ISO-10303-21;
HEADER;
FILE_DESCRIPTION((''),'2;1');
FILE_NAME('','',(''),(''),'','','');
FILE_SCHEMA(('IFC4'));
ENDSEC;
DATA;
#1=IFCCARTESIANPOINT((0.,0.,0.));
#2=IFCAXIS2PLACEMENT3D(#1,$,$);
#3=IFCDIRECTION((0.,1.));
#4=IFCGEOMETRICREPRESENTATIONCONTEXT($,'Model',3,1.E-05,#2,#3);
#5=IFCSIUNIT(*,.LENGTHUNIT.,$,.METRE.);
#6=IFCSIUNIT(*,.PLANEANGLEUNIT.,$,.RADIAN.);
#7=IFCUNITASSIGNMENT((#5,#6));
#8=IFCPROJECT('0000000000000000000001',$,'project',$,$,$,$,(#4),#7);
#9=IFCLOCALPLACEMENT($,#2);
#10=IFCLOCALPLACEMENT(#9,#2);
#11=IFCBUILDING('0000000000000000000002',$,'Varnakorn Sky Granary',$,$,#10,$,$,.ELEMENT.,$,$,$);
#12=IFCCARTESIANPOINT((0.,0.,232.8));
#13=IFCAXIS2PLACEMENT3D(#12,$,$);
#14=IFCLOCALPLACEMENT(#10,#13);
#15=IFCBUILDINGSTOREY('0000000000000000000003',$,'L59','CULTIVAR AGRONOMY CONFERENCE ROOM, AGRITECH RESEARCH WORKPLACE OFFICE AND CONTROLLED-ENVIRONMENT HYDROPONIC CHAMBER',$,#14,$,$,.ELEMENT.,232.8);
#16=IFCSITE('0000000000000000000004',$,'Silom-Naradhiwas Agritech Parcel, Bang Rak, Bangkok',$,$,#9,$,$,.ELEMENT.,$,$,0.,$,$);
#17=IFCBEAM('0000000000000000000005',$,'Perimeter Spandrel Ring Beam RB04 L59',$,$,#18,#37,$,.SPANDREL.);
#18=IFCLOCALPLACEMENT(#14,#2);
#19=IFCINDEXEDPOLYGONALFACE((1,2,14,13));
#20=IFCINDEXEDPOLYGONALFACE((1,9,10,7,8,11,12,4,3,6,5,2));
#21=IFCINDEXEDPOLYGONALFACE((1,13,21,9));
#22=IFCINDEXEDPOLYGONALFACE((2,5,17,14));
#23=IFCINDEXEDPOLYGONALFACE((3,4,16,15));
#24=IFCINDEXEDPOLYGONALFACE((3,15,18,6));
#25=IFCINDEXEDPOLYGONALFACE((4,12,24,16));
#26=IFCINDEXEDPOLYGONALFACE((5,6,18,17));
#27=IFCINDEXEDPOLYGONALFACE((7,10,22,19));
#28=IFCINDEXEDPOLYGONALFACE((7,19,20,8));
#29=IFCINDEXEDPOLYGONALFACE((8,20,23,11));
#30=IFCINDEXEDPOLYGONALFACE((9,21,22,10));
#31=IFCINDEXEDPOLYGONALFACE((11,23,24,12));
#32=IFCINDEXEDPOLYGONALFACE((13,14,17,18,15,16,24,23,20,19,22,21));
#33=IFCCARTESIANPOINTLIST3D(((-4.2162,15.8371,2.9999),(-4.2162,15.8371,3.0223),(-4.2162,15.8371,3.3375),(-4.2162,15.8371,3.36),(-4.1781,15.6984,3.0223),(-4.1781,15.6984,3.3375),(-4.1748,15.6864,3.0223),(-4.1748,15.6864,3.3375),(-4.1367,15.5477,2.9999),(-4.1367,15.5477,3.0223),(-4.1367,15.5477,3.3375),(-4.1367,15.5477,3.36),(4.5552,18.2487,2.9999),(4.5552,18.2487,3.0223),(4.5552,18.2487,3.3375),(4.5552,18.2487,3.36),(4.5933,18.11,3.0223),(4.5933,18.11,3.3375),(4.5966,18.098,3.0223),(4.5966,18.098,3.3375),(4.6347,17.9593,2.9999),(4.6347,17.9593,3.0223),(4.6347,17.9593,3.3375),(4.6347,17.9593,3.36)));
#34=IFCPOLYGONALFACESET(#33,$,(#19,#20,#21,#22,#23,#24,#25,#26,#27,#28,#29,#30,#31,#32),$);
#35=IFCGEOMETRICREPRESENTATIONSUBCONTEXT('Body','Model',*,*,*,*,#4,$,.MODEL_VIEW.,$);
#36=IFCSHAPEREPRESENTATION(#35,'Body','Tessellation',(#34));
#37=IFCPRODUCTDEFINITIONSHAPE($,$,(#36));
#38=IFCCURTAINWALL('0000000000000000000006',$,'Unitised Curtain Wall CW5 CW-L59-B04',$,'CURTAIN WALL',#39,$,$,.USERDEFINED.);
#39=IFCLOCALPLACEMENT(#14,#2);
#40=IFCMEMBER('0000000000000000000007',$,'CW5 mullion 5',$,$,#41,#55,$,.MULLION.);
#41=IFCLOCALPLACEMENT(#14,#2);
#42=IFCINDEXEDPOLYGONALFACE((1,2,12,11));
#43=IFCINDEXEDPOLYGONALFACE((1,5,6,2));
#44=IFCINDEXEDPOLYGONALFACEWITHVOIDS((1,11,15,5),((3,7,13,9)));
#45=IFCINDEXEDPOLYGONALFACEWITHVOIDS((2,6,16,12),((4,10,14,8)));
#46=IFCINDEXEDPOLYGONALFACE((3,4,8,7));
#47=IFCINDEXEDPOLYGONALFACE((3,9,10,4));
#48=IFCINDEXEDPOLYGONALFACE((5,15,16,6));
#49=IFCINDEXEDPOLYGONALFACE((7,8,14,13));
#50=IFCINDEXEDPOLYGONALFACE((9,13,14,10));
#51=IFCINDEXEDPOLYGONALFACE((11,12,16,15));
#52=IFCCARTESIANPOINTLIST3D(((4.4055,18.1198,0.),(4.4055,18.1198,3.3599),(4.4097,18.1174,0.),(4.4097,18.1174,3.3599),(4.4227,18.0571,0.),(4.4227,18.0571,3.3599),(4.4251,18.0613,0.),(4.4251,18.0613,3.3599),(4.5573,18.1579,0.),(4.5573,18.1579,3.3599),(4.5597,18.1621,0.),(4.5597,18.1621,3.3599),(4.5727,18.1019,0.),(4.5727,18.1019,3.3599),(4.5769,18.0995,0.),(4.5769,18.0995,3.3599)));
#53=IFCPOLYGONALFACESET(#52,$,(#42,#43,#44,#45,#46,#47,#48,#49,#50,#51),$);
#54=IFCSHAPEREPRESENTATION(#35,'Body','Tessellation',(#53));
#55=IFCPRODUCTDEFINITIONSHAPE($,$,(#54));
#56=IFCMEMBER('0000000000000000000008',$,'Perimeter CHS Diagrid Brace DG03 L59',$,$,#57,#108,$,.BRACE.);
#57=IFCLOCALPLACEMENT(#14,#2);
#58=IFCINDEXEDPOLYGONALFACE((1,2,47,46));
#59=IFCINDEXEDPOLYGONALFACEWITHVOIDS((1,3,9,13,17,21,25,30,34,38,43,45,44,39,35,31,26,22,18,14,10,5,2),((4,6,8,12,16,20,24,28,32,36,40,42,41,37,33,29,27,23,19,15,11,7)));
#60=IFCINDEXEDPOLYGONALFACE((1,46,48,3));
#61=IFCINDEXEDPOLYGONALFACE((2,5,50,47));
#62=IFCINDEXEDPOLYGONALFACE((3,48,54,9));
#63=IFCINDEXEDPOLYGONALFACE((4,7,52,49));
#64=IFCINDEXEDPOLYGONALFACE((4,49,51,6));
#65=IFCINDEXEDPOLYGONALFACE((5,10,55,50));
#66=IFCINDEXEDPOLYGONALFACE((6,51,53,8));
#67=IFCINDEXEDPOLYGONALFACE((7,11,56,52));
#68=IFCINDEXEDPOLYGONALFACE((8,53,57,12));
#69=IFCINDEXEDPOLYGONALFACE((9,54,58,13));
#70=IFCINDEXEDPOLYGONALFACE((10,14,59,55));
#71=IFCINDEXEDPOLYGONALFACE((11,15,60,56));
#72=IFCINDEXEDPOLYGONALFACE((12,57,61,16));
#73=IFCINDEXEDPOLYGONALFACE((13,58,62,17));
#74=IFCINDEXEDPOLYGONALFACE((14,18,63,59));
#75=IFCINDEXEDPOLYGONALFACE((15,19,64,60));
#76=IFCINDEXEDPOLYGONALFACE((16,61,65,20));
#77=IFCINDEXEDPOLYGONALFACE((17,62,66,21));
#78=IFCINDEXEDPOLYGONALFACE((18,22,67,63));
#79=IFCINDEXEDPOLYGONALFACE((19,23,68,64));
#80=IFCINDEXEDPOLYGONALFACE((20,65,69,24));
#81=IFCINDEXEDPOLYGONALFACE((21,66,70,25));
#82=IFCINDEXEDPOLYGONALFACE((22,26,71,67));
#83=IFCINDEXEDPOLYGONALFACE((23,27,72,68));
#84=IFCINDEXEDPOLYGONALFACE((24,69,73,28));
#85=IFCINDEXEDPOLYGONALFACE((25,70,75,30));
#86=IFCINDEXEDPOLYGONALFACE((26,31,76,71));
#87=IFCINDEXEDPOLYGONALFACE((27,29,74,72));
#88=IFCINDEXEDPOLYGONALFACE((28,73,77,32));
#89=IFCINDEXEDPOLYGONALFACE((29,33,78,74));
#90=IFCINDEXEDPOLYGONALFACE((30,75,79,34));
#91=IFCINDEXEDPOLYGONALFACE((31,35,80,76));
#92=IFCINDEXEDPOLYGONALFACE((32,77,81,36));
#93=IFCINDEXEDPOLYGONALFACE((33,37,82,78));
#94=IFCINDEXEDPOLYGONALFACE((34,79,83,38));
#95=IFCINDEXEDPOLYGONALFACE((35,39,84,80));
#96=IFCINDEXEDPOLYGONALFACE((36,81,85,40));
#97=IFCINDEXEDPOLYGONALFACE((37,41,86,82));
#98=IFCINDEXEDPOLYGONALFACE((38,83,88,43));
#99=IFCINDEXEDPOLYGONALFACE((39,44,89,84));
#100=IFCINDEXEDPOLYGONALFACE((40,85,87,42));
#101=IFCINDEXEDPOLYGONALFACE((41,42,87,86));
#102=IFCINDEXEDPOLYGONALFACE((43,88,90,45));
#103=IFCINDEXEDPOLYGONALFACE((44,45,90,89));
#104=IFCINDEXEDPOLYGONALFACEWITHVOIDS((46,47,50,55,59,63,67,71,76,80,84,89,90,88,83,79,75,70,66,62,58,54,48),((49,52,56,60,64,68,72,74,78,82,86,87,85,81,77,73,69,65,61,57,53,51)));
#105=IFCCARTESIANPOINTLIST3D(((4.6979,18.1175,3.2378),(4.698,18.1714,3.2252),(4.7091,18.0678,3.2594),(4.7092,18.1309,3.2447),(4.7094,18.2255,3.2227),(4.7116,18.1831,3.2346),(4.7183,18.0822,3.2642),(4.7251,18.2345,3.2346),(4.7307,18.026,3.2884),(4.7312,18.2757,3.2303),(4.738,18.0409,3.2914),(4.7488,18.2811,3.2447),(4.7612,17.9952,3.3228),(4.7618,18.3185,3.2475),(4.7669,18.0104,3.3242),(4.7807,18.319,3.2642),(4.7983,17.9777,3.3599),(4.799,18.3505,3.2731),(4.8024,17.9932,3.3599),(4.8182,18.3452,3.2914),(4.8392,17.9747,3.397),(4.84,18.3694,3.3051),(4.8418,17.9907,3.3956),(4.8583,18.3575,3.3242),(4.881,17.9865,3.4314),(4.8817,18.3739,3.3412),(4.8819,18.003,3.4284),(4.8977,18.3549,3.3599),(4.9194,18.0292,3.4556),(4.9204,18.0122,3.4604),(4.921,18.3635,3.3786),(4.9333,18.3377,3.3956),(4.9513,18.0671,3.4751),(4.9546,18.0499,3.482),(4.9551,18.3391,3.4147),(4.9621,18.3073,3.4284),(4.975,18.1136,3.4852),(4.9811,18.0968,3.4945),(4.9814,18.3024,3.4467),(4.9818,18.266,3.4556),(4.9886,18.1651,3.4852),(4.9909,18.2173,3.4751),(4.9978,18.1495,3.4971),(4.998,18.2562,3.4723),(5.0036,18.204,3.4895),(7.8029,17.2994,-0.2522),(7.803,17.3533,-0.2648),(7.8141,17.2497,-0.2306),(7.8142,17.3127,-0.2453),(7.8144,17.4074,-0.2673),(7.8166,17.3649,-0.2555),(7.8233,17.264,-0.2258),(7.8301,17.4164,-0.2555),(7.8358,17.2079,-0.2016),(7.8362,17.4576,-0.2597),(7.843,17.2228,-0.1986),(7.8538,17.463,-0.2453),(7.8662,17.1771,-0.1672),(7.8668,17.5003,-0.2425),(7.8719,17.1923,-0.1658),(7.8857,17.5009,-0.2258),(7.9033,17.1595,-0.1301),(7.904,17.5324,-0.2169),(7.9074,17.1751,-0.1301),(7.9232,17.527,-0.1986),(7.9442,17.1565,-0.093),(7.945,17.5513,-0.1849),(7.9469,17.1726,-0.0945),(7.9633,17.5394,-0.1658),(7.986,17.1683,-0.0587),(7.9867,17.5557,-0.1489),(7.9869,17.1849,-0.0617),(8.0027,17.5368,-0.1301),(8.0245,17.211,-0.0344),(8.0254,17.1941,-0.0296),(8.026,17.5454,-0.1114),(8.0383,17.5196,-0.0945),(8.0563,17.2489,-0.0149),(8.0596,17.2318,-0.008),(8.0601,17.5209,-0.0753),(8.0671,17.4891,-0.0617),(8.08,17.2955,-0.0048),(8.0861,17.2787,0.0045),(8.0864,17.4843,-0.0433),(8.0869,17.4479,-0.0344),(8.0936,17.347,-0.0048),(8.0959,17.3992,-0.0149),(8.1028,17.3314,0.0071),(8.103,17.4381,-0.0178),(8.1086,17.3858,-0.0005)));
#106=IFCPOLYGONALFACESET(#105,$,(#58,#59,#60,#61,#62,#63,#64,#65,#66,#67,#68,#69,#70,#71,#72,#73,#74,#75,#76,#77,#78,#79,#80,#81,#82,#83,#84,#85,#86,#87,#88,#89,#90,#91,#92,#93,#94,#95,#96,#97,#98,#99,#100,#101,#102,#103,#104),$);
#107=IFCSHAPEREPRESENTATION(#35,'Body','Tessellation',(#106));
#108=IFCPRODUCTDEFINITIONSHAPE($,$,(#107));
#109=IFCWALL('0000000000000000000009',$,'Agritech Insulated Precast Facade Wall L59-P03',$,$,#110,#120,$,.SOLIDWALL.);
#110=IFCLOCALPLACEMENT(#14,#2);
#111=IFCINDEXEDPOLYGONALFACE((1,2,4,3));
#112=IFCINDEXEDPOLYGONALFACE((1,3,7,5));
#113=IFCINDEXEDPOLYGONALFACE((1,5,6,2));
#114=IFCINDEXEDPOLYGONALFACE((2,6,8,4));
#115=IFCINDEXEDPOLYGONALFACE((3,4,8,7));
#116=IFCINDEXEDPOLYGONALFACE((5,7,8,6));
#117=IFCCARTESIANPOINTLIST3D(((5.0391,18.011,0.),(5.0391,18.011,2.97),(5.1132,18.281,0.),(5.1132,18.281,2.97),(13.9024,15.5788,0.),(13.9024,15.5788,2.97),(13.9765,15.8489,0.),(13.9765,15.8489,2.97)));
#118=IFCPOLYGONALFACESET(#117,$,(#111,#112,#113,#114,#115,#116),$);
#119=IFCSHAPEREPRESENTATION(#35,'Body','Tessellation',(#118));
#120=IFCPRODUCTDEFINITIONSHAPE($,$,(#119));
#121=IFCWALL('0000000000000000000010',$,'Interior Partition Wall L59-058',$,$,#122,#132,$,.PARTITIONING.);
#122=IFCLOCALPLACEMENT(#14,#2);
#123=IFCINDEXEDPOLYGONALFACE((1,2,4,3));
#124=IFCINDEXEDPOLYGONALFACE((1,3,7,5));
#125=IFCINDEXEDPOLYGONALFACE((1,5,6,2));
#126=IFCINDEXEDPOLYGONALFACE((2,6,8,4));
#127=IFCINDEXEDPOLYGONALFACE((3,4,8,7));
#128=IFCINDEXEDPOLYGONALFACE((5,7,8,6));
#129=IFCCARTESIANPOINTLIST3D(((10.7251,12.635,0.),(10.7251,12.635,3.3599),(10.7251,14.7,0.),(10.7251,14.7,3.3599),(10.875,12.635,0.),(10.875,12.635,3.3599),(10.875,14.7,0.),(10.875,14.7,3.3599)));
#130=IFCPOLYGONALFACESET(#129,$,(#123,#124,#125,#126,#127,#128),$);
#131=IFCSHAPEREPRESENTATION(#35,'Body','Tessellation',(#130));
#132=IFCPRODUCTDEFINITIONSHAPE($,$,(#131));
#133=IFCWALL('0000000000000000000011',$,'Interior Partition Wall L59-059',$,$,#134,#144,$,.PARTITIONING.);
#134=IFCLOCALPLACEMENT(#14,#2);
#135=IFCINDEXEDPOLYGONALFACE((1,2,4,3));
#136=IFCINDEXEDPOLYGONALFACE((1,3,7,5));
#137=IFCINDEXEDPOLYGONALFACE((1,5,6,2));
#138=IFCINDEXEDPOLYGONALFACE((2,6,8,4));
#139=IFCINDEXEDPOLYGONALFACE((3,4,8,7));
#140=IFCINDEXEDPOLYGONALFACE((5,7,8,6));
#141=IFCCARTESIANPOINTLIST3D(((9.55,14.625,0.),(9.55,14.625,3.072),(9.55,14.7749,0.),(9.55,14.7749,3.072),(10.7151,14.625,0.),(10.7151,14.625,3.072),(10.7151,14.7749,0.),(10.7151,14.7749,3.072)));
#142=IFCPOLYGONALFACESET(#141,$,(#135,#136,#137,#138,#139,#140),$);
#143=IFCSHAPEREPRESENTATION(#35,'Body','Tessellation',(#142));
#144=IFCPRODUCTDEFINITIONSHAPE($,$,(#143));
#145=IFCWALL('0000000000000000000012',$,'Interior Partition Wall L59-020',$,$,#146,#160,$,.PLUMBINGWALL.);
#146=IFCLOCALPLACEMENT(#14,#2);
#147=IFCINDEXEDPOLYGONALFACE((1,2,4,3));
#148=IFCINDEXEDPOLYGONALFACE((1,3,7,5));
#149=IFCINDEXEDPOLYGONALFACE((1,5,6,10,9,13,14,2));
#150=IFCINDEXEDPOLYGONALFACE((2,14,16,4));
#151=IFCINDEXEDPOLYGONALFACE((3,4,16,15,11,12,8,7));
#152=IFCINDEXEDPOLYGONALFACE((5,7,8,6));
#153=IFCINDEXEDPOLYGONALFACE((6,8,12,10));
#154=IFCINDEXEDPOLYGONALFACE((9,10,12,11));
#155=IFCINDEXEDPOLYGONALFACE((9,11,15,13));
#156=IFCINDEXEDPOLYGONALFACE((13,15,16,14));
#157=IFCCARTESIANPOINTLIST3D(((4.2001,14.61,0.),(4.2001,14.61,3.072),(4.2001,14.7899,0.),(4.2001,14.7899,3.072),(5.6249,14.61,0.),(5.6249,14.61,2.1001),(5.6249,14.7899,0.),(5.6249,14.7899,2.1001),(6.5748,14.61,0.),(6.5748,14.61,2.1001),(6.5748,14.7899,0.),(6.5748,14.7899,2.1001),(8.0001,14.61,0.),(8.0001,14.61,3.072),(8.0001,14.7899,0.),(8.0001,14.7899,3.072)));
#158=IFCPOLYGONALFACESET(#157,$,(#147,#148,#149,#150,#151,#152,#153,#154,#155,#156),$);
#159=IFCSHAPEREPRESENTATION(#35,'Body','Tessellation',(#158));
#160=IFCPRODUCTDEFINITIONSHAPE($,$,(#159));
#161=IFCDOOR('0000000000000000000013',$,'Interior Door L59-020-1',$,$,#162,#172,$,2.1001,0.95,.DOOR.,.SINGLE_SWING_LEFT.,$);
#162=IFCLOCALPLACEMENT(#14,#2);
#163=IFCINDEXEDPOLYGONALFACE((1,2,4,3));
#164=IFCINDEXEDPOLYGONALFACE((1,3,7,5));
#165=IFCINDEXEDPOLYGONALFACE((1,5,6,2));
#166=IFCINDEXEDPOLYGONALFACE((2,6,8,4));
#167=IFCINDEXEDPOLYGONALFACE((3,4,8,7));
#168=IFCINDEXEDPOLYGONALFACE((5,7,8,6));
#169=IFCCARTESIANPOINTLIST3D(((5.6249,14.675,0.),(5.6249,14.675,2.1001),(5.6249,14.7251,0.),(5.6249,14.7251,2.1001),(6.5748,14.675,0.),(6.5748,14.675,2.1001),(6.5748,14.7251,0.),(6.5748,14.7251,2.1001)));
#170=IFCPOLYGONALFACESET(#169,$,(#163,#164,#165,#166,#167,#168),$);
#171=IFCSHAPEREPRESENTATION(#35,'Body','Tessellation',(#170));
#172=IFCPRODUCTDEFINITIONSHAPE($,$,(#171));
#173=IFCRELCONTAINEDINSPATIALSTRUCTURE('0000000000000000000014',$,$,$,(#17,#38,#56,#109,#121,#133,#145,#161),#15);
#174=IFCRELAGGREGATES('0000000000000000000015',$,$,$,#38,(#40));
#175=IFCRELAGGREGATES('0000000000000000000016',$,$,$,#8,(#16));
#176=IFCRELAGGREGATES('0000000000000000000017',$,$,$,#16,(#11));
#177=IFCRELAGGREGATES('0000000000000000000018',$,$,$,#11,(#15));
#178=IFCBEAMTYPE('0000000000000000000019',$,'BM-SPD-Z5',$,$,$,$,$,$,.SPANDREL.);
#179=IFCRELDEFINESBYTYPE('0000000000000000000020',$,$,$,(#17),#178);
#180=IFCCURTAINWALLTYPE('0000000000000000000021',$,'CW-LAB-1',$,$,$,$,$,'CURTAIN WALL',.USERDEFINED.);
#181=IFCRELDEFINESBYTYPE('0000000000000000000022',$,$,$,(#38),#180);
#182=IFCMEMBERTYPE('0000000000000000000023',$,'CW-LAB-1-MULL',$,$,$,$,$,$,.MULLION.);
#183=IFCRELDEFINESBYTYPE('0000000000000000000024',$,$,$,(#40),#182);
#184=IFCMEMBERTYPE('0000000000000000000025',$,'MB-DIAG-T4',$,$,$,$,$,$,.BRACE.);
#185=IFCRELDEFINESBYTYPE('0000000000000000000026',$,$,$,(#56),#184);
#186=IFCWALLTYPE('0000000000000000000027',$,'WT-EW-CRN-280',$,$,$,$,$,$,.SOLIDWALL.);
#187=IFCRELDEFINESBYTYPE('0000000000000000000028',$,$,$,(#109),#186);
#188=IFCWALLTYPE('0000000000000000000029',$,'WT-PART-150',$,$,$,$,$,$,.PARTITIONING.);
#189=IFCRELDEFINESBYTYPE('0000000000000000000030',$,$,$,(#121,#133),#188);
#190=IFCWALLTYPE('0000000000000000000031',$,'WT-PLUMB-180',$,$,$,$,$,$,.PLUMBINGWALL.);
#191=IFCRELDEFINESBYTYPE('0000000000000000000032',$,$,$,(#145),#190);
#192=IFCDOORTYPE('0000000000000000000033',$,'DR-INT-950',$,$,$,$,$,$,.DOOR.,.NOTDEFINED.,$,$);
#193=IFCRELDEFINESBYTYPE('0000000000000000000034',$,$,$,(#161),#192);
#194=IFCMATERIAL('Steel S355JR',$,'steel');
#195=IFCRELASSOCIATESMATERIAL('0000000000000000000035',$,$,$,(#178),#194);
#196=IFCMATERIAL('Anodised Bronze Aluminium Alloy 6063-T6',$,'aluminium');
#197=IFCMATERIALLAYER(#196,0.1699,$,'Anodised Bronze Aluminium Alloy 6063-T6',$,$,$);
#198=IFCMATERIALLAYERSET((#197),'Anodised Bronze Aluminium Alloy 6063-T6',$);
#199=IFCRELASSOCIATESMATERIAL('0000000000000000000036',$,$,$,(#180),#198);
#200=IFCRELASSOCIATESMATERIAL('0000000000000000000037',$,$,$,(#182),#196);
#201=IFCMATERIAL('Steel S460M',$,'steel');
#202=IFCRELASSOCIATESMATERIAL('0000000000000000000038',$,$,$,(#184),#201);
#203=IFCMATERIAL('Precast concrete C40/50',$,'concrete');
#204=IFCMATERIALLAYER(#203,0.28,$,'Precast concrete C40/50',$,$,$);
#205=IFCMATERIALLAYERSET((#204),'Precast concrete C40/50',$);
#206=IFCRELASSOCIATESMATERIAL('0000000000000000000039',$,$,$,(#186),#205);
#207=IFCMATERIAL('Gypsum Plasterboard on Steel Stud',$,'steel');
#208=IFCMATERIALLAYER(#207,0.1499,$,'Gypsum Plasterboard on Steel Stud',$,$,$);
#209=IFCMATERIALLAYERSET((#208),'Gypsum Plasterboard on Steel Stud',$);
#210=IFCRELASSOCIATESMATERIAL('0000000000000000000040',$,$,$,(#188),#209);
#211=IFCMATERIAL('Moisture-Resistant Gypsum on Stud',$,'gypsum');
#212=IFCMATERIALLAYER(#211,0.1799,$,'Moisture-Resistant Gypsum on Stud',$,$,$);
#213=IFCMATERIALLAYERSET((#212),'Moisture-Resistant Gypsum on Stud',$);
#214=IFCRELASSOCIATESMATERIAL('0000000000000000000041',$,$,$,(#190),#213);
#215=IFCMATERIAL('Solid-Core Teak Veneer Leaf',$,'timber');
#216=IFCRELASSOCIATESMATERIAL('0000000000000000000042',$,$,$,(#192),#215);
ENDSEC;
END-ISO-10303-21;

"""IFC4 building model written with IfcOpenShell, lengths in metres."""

from ifc_helpers import new_model, si_unit, direction, frame, frame_2d, origin, origin_2d, place, context, subcontext, project, spatial, rectangle, hollow_rectangle, hollow_circle, i_section, extrude, material, layer, layer_set, material_profile, profile_set, type_object, element, fill, aggregate, save


model = new_model("IFC4")

# Units and contexts
model_context = context("Model", 3, precision=1e-05, world=origin(), true_north=direction((0.0, 1.0)))
body_context = subcontext(model_context, "Body", "Model", "MODEL_VIEW")
ifc_project = project(units=[si_unit("LENGTHUNIT", "METRE"), si_unit("PLANEANGLEUNIT", "RADIAN")], contexts=[model_context])

# Site, building, storey
site_placement = place(None, origin())
site = spatial("IfcSite", under=ifc_project, at=site_placement, Name="Silom-Naradhiwas Agritech Parcel, Bang Rak, Bangkok", CompositionType="ELEMENT", RefElevation=0.0)
building_placement = place(site_placement, origin())
building = spatial("IfcBuilding", under=site, at=building_placement, Name="Varnakorn Sky Granary", CompositionType="ELEMENT")
storey_placement = place(building_placement, frame((0.0, 0.0, 232.8)))
storey = spatial("IfcBuildingStorey", under=building, at=storey_placement, Name="L59", Description="CULTIVAR AGRONOMY CONFERENCE ROOM, AGRITECH RESEARCH WORKPLACE OFFICE AND CONTROLLED-ENVIRONMENT HYDROPONIC CHAMBER", CompositionType="ELEMENT", Elevation=232.8)

# Shared definitions
ifc_material_1 = material(Name="Steel S460M", Category="steel")

# Beam
ifc_material_2 = material(Name="Steel S355JR", Category="steel")
ifc_material_profile_1 = material_profile(ifc_material_2, i_section(OverallWidth=0.3, OverallDepth=0.3601, WebThickness=0.0125, FlangeThickness=0.0225, at=origin_2d()), Name="HE 360 B")
ifc_profile_set_1 = profile_set([ifc_material_profile_1], Name="Steel S355JR")
beam_type_1 = type_object("IfcBeamType", Name="BM-SPD-Z5", PredefinedType="SPANDREL", material=ifc_profile_set_1)
for number, where, z_axis, x_axis, name in (
    (1, (4.595, 18.104, 3.1799), (-0.96422, -0.265102, 0.0), (0.265102, -0.96422, 0.0), "Perimeter Spandrel Ring Beam RB04 L59"),
):
    element("IfcBeam", number, at=place(storey_placement, frame(where, z_axis=z_axis, x_axis=x_axis)), inside=storey, type_object=beam_type_1, Name=name, PredefinedType="SPANDREL", context=body_context, shape_type="SweptSolid", body=[
        extrude(i_section(OverallWidth=0.3, OverallDepth=0.3601, WebThickness=0.0125, FlangeThickness=0.0225, at=origin_2d()), origin(), (0.0, 0.0, 1.0), 9.0969),
    ])

# Curtain wall, member
ifc_material_3 = material(Name="Anodised Bronze Aluminium Alloy 6063-T6", Category="aluminium")
ifc_layer_1 = layer(ifc_material_3, 0.1699, Name="Anodised Bronze Aluminium Alloy 6063-T6")
ifc_layer_set_1 = layer_set([ifc_layer_1], Name="Anodised Bronze Aluminium Alloy 6063-T6")
curtain_wall_type = type_object("IfcCurtainWallType", Name="CW-LAB-1", ElementType="CURTAIN WALL", PredefinedType="USERDEFINED", material=ifc_layer_set_1)
curtain_wall_placement = place(storey_placement, origin())
curtain_wall = element("IfcCurtainWall", 2, at=curtain_wall_placement, inside=storey, type_object=curtain_wall_type, Name="Unitised Curtain Wall CW5 CW-L59-B04", ObjectType="CURTAIN WALL", PredefinedType="USERDEFINED")
ifc_material_profile_2 = material_profile(ifc_material_3, hollow_rectangle(XDim=0.0649, YDim=0.1599, WallThickness=0.0034, at=origin_2d()), Name="ALU MULL 65x160")
ifc_profile_set_2 = profile_set([ifc_material_profile_2], Name="Anodised Bronze Aluminium Alloy 6063-T6")
member_type_1 = type_object("IfcMemberType", Name="CW-LAB-1-MULL", PredefinedType="MULLION", material=ifc_profile_set_2)
member_1_placement = place(storey_placement, frame((4.4912, 18.1096, 0.0), z_axis=(0.0, 0.0, 1.0), x_axis=(-0.26464, 0.964347, 0.0)))
member_1 = element("IfcMember", 3, at=member_1_placement, type_object=member_type_1, Name="CW5 mullion 5", PredefinedType="MULLION", context=body_context, shape_type="SweptSolid", body=[
    extrude(hollow_rectangle(XDim=0.0649, YDim=0.1599, WallThickness=0.0034, at=origin_2d()), origin(), (0.0, 0.0, 1.0), 3.3599),
])
aggregate(curtain_wall, [member_1])

# Member
ifc_material_profile_3 = material_profile(ifc_material_1, hollow_circle(Radius=0.2031, WallThickness=0.0161, at=origin_2d()), Name="CHS 406.4x16")
ifc_profile_set_3 = profile_set([ifc_material_profile_3], Name="Steel S460M")
member_type_2 = type_object("IfcMemberType", Name="MB-DIAG-T4", PredefinedType="BRACE", material=ifc_profile_set_3)
member_2_placement = place(storey_placement, frame((7.9551, 17.356, -0.1301), z_axis=(-0.654729, 0.172511, 0.735914), x_axis=(-0.254789, -0.966997, 0.0)))
element("IfcMember", 4, at=member_2_placement, inside=storey, type_object=member_type_2, Name="Perimeter CHS Diagrid Brace DG03 L59", PredefinedType="BRACE", context=body_context, shape_type="SweptSolid", body=[
    extrude(hollow_circle(Radius=0.2031, WallThickness=0.0161, at=origin_2d()), origin(), (0.0, 0.0, 1.0), 4.7424),
])

# Walls
ifc_material_4 = material(Name="Precast concrete C40/50", Category="concrete")
ifc_layer_2 = layer(ifc_material_4, 0.28, Name="Precast concrete C40/50")
ifc_layer_set_2 = layer_set([ifc_layer_2], Name="Precast concrete C40/50")
wall_type_1 = type_object("IfcWallType", Name="WT-EW-CRN-280", PredefinedType="SOLIDWALL", material=ifc_layer_set_2)
wall_1_placement = place(storey_placement, frame((5.0762, 18.146, 0.0), z_axis=(0.0, 0.0, 1.0), x_axis=(0.964352, -0.264623, 0.0)))
element("IfcWall", 5, at=wall_1_placement, inside=storey, type_object=wall_type_1, Name="Agritech Insulated Precast Facade Wall L59-P03", PredefinedType="SOLIDWALL", context=body_context, shape_type="SweptSolid", body=[
    extrude(rectangle(XDim=9.1909, YDim=0.28, at=frame_2d((4.5955, 0.0))), origin(), (0.0, 0.0, 1.0), 2.97),
])
ifc_material_5 = material(Name="Gypsum Plasterboard on Steel Stud", Category="steel")
ifc_layer_3 = layer(ifc_material_5, 0.1499, Name="Gypsum Plasterboard on Steel Stud")
ifc_layer_set_3 = layer_set([ifc_layer_3], Name="Gypsum Plasterboard on Steel Stud")
wall_type_2 = type_object("IfcWallType", Name="WT-PART-150", PredefinedType="PARTITIONING", material=ifc_layer_set_3)
wall_2_placement = place(storey_placement, frame((10.8, 12.635, 0.0), z_axis=(0.0, 0.0, 1.0), x_axis=(0.0, 1.0, 0.0)))
element("IfcWall", 6, at=wall_2_placement, inside=storey, type_object=wall_type_2, Name="Interior Partition Wall L59-058", PredefinedType="PARTITIONING", context=body_context, shape_type="SweptSolid", body=[
    extrude(rectangle(XDim=2.0649, YDim=0.1499, at=frame_2d((1.0325, 0.0))), origin(), (0.0, 0.0, 1.0), 3.3599),
])
wall_3_placement = place(storey_placement, frame((10.7151, 14.7, 0.0), z_axis=(0.0, 0.0, 1.0), x_axis=(-1.0, 0.0, 0.0)))
element("IfcWall", 7, at=wall_3_placement, inside=storey, type_object=wall_type_2, Name="Interior Partition Wall L59-059", PredefinedType="PARTITIONING", context=body_context, shape_type="SweptSolid", body=[
    extrude(rectangle(XDim=1.165, YDim=0.1499, at=frame_2d((0.5825, 0.0))), origin(), (0.0, 0.0, 1.0), 3.072),
])

# Wall, opening, door
ifc_material_6 = material(Name="Moisture-Resistant Gypsum on Stud", Category="gypsum")
ifc_layer_4 = layer(ifc_material_6, 0.1799, Name="Moisture-Resistant Gypsum on Stud")
ifc_layer_set_4 = layer_set([ifc_layer_4], Name="Moisture-Resistant Gypsum on Stud")
wall_type_3 = type_object("IfcWallType", Name="WT-PLUMB-180", PredefinedType="PLUMBINGWALL", material=ifc_layer_set_4)
wall_4_placement = place(storey_placement, frame((8.0, 14.7, 0.0), z_axis=(0.0, 0.0, 1.0), x_axis=(-1.0, 0.0, 0.0)))
wall_4 = element("IfcWall", 8, at=wall_4_placement, inside=storey, type_object=wall_type_3, Name="Interior Partition Wall L59-020", PredefinedType="PLUMBINGWALL", context=body_context, shape_type="SweptSolid", body=[
    extrude(rectangle(XDim=3.8, YDim=0.1799, at=frame_2d((1.8999, 0.0))), origin(), (0.0, 0.0, 1.0), 3.072),
])
opening_placement = place(wall_4_placement, frame((1.425, 0.0, 0.0)))
opening = element("IfcOpeningElement", 9, at=opening_placement, cuts=wall_4, PredefinedType="OPENING", context=body_context, shape_type="SweptSolid", body=[
    extrude(rectangle(XDim=0.95, YDim=2.1001, at=frame_2d((0.4751, 1.05))), frame((0.0, 0.1001, 0.0), z_axis=(0.0, -1.0, 0.0), x_axis=(1.0, 0.0, 0.0)), (0.0, 0.0, 1.0), 0.2),
])
ifc_material_7 = material(Name="Solid-Core Teak Veneer Leaf", Category="timber")
door_type = type_object("IfcDoorType", Name="DR-INT-950", OperationType="NOTDEFINED", PredefinedType="DOOR", material=ifc_material_7)
door_placement = place(opening_placement, origin())
door = element("IfcDoor", 10, at=door_placement, inside=storey, type_object=door_type, Name="Interior Door L59-020-1", OperationType="SINGLE_SWING_LEFT", OverallHeight=2.1001, OverallWidth=0.95, PredefinedType="DOOR", context=body_context, shape_type="SweptSolid", body=[
    extrude(rectangle(XDim=0.95, YDim=2.1001, at=frame_2d((0.4751, 1.05))), frame((0.0, 0.0249, 0.0), z_axis=(0.0, -1.0, 0.0), x_axis=(1.0, 0.0, 0.0)), (0.0, 0.0, 1.0), 0.05),
])
fill(opening, door)

save(model, "model.ifc")
